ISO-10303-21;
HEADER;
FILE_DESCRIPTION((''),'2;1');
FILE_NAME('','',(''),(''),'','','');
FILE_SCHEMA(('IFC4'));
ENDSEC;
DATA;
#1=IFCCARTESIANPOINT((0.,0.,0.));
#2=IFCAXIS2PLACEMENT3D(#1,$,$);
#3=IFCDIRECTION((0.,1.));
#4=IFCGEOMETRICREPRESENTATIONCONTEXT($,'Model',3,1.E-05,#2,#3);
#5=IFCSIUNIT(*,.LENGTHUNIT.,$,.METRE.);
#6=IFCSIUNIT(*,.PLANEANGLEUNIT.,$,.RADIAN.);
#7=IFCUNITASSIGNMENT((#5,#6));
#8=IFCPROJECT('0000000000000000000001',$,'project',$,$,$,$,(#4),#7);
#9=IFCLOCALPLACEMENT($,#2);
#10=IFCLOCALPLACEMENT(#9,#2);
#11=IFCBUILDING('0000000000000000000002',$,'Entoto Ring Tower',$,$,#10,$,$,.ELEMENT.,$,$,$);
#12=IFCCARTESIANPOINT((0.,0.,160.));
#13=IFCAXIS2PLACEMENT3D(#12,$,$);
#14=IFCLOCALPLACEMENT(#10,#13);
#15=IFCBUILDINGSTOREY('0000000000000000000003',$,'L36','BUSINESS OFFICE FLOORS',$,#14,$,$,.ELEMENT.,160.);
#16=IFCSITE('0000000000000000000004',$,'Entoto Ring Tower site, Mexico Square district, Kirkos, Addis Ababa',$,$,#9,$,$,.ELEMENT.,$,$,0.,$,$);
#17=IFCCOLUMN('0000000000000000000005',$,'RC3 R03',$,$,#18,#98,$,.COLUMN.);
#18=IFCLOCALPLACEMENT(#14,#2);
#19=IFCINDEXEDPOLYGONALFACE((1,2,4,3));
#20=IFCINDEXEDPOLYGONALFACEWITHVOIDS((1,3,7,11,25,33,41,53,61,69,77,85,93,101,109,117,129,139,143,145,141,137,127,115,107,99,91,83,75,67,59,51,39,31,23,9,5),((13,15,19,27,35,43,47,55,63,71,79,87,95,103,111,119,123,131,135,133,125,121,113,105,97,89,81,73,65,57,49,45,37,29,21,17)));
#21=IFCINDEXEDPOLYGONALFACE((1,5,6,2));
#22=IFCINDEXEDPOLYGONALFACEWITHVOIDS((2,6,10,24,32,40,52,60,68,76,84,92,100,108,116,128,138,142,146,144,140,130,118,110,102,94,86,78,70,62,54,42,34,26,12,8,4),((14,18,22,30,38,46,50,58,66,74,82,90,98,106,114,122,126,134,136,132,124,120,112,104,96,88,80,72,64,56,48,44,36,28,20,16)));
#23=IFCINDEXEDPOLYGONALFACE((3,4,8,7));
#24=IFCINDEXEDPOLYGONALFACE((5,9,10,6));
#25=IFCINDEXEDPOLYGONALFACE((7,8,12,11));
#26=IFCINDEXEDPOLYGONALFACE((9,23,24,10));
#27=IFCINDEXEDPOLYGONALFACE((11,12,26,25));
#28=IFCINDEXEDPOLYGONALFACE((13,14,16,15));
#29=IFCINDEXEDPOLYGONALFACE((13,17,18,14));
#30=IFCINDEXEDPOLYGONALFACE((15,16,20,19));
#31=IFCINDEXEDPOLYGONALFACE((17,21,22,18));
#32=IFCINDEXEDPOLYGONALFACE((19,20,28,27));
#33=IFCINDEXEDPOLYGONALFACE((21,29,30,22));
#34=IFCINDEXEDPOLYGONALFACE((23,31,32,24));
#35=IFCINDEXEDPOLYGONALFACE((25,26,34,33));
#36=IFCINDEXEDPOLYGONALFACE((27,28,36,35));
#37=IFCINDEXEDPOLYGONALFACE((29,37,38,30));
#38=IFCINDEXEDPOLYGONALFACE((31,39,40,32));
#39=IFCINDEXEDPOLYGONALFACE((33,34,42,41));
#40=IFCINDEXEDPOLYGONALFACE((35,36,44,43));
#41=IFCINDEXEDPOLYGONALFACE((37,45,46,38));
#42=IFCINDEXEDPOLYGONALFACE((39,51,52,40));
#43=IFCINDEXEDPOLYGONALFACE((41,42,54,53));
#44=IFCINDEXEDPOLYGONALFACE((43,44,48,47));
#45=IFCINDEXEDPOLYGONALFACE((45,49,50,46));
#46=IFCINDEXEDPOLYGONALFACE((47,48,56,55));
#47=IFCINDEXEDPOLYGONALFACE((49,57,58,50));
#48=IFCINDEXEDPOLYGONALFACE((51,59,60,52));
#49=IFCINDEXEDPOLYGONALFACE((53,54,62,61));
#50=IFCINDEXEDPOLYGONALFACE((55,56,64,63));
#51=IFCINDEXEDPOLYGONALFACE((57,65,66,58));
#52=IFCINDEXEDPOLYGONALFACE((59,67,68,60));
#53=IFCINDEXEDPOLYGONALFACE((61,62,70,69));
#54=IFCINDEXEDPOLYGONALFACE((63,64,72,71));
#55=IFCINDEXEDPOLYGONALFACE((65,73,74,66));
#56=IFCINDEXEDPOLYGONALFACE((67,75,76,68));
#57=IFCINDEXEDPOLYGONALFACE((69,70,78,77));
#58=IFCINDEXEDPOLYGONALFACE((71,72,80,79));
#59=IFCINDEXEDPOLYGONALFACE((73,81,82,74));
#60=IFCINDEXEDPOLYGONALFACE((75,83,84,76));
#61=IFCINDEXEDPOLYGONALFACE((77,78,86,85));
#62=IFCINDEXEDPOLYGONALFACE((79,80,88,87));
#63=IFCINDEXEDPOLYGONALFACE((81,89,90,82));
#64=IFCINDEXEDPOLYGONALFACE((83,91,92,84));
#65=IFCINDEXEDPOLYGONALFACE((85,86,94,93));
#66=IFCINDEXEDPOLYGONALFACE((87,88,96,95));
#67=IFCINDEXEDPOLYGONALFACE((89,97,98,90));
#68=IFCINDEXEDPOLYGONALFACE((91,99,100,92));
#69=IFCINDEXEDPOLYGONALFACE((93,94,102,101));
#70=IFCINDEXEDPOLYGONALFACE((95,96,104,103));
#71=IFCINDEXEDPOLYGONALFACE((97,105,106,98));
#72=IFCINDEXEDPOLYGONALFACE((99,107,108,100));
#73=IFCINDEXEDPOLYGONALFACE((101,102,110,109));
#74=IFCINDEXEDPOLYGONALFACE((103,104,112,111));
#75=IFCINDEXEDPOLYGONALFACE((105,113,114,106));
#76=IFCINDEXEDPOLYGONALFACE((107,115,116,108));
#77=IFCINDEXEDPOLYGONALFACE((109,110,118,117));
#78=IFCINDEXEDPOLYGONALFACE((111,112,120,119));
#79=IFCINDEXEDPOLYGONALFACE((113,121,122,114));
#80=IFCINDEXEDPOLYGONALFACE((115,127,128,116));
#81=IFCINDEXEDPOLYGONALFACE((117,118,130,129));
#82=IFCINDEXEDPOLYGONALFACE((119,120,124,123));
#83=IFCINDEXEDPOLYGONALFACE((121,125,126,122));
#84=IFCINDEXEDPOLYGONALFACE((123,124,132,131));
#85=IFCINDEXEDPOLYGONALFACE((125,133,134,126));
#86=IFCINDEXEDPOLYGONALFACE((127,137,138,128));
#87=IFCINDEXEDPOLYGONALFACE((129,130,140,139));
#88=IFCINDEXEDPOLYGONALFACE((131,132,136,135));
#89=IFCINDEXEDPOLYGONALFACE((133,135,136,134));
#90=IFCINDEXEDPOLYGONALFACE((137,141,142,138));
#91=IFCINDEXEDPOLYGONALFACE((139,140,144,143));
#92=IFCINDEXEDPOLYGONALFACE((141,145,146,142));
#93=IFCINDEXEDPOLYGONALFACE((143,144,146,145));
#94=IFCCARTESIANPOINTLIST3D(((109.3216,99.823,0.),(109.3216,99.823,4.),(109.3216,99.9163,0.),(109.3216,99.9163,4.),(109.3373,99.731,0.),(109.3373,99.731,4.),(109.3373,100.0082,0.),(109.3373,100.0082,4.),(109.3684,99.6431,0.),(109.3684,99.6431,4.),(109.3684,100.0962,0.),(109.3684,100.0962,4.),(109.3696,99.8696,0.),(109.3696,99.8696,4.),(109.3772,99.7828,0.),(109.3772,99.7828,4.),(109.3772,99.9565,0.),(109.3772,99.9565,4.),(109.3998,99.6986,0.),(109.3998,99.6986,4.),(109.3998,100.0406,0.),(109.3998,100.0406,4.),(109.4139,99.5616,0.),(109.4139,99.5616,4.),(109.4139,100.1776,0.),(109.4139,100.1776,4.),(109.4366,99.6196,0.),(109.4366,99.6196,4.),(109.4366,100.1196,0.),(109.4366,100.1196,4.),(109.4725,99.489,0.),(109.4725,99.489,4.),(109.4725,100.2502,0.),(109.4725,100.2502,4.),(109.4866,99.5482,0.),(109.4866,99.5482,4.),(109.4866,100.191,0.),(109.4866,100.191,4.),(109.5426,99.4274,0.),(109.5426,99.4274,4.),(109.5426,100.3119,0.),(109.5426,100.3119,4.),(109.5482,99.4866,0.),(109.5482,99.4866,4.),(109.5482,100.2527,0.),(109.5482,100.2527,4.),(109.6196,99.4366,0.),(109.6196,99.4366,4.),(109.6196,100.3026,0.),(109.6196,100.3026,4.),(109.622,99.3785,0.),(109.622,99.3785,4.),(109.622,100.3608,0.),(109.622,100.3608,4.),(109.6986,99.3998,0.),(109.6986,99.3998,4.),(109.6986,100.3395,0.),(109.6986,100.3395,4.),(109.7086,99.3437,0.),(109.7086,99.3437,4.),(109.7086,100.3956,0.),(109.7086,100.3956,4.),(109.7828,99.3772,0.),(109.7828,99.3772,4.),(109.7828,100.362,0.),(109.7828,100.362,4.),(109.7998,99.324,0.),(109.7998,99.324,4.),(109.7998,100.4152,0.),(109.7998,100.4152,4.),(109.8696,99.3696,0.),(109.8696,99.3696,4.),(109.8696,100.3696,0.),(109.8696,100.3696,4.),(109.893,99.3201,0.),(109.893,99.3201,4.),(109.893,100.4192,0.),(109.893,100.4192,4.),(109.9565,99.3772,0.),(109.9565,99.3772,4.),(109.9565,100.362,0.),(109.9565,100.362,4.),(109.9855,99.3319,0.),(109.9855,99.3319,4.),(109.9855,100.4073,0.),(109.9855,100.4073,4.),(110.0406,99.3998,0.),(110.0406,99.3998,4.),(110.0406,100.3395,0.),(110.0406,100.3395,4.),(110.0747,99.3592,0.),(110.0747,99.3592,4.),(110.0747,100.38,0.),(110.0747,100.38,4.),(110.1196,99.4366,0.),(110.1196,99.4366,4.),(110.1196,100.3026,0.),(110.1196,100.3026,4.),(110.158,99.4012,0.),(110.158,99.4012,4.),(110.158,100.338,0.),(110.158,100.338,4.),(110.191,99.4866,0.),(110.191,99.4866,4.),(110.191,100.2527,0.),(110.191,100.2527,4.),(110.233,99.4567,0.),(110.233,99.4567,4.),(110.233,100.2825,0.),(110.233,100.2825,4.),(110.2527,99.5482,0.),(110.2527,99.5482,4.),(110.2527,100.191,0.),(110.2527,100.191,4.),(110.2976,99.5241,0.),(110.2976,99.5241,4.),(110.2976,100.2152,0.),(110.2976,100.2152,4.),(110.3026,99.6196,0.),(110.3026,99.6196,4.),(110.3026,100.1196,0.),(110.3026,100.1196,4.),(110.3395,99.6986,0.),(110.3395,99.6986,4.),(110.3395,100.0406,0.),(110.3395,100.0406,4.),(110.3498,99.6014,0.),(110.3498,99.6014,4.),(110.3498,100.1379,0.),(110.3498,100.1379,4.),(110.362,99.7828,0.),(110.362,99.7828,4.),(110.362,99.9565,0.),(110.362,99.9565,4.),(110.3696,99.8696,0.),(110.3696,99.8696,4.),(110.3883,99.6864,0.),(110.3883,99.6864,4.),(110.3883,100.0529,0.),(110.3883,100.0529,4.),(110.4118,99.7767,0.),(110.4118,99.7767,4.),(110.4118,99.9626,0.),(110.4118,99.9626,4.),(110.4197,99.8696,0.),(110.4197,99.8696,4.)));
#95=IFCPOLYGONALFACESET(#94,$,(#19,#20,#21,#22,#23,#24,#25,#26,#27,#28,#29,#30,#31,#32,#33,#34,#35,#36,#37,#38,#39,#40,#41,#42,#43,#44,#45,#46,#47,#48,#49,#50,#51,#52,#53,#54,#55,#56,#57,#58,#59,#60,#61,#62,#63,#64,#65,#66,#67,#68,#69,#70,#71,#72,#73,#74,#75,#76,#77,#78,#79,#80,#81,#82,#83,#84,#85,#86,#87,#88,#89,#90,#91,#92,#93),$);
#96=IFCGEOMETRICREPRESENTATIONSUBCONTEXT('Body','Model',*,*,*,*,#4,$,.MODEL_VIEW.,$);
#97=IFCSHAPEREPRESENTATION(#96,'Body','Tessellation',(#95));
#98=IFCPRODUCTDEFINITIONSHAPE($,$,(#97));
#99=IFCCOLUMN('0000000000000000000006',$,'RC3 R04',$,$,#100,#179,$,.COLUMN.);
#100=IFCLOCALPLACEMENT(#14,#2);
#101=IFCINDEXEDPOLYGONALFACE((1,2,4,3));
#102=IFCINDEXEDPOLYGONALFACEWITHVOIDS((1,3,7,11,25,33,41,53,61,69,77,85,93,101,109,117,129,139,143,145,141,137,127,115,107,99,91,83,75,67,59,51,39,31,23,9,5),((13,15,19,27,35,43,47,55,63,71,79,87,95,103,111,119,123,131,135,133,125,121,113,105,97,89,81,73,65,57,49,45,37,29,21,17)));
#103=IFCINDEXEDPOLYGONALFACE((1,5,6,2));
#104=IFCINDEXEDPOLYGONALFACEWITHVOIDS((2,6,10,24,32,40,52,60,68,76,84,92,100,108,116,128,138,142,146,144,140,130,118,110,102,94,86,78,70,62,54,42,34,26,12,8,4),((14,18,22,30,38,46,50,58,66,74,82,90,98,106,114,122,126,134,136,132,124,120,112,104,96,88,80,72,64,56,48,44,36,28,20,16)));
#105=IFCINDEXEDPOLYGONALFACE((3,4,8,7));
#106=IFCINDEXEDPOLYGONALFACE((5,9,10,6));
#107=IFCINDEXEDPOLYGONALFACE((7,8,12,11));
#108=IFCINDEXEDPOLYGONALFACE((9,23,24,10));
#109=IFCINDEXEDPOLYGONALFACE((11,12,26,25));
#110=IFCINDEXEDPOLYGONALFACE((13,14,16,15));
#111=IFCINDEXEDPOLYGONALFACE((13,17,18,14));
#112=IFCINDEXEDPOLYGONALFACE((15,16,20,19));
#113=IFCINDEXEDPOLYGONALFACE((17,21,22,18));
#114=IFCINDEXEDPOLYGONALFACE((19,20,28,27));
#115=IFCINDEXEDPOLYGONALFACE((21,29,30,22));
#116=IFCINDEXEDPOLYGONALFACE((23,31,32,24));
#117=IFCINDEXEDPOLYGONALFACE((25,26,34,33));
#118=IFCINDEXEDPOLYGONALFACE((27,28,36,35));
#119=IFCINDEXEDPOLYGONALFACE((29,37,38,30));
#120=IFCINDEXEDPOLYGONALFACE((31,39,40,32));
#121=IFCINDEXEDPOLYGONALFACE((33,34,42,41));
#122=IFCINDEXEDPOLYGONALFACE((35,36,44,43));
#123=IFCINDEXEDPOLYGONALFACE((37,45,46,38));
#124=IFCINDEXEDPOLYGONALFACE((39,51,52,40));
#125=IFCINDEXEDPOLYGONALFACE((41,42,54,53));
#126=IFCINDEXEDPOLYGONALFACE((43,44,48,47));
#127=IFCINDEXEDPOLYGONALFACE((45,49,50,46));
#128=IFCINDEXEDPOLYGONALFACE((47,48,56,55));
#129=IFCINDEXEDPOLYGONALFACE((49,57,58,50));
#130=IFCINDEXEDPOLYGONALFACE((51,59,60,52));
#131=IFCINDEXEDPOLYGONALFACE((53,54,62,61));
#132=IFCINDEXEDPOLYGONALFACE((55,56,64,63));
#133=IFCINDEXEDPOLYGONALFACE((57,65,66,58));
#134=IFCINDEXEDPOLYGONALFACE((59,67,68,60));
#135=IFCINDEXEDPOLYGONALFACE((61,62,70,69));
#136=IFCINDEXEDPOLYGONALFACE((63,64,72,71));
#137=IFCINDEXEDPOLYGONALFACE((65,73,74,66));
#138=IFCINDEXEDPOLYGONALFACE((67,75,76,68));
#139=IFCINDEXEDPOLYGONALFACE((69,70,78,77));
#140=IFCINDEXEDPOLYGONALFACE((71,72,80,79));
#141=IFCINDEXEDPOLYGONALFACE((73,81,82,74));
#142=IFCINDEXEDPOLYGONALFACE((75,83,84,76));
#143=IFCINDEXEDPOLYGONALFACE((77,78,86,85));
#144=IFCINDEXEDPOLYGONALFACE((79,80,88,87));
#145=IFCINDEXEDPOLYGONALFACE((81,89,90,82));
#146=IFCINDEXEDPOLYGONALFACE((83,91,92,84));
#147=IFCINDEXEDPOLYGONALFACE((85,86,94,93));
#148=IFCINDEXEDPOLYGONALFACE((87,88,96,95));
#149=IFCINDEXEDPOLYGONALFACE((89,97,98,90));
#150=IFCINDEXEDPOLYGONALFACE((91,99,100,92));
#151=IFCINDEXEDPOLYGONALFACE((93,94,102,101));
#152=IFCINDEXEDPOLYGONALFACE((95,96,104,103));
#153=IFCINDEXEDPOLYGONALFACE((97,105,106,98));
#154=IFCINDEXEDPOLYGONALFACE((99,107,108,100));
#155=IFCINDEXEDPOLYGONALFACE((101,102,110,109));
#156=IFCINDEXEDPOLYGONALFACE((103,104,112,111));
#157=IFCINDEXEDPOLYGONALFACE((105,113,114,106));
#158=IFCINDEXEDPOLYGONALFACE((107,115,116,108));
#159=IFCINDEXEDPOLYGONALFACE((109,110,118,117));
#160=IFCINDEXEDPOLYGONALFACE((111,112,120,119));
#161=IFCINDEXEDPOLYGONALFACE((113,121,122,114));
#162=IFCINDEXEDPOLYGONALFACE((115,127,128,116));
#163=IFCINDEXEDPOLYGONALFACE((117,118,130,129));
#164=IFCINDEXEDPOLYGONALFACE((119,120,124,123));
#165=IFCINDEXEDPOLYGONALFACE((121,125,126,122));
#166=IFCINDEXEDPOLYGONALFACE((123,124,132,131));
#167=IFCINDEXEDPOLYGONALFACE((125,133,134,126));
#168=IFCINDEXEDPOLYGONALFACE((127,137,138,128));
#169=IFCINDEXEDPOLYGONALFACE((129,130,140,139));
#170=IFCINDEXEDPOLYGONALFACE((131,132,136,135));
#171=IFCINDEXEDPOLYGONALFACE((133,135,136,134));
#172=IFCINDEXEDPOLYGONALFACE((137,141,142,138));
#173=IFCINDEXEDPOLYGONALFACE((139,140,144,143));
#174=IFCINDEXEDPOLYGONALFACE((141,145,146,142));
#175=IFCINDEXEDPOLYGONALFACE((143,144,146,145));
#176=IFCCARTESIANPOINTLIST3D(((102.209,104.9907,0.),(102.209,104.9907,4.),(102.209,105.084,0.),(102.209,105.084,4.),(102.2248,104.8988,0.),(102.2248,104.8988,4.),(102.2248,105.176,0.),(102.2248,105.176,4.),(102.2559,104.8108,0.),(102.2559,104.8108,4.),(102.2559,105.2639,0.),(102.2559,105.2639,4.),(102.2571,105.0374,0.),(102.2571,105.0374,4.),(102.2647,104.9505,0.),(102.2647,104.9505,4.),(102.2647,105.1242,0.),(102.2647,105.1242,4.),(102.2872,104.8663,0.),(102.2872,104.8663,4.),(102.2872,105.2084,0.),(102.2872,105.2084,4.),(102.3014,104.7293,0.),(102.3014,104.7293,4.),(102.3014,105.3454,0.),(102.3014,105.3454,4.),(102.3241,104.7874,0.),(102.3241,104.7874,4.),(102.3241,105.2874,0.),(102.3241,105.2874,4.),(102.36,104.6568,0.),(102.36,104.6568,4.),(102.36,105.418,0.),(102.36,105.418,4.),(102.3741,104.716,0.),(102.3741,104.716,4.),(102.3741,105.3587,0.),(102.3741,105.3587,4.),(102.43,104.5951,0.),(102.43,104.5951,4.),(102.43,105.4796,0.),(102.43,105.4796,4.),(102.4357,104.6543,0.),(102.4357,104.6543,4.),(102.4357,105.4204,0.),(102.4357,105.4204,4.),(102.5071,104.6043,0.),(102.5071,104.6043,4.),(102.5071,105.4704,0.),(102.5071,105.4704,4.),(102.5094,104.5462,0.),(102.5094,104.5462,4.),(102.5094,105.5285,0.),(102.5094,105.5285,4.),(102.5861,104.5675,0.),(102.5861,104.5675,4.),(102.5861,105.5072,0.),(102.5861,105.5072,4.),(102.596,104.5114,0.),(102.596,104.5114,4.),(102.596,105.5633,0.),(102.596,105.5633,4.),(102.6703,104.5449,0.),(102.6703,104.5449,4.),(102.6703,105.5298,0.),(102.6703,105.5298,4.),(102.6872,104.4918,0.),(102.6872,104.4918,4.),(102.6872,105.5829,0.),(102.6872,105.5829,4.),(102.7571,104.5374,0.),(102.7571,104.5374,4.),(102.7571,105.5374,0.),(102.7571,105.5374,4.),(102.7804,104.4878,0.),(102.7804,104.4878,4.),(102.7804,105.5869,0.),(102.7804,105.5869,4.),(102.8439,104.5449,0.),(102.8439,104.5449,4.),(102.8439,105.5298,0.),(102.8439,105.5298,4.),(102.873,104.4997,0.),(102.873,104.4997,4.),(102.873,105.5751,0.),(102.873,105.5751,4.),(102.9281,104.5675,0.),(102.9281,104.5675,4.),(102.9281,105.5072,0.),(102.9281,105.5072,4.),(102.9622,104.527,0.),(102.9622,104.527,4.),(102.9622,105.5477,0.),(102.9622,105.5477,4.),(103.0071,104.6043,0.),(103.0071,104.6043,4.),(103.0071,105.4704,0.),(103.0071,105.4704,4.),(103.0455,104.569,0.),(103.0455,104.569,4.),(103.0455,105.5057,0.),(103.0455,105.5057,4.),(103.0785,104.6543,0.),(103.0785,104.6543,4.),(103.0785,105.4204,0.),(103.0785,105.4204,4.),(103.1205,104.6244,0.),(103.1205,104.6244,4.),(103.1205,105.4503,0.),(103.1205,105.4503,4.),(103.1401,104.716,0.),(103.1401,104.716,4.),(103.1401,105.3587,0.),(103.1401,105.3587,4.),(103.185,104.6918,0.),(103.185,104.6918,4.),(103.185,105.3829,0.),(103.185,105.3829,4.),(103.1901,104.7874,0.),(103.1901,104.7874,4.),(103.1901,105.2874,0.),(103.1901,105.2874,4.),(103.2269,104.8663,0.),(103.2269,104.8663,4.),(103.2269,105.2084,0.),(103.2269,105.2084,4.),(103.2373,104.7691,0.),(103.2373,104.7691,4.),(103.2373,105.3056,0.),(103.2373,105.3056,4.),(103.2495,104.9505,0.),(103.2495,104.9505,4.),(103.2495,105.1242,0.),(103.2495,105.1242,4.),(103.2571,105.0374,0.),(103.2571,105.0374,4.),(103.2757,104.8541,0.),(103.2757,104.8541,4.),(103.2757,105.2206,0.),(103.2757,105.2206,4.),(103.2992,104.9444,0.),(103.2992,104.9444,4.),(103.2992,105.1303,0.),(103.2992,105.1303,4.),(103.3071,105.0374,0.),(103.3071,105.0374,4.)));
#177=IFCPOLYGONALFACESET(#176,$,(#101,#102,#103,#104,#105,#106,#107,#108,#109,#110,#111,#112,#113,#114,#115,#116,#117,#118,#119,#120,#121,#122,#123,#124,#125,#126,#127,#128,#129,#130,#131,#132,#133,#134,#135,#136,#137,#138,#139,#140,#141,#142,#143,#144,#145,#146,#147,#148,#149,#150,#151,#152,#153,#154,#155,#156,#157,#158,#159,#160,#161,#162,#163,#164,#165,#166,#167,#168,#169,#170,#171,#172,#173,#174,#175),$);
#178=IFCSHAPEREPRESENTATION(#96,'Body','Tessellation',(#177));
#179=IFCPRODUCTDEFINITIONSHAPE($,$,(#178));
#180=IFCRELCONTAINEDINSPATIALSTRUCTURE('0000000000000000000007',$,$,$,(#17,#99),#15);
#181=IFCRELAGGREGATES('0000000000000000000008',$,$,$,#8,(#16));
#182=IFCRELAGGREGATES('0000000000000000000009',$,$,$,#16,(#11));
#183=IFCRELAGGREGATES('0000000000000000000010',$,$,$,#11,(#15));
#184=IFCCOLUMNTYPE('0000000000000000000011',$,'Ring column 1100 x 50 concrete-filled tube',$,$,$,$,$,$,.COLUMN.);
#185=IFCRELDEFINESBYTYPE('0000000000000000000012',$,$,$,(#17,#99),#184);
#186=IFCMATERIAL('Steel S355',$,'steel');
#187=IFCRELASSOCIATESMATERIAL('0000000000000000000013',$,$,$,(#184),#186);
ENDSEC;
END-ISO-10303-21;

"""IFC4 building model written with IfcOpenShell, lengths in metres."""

from ifc_helpers import new_model, si_unit, direction, frame, origin, origin_2d, place, context, subcontext, project, spatial, circle, hollow_circle, extrude, material, material_profile, profile_set, type_object, element, save


model = new_model("IFC4")

# Units and contexts
model_context = context("Model", 3, precision=1e-05, world=origin(), true_north=direction((0.0, 1.0)))
body_context = subcontext(model_context, "Body", "Model", "MODEL_VIEW")
ifc_project = project(units=[si_unit("LENGTHUNIT", "METRE"), si_unit("PLANEANGLEUNIT", "RADIAN")], contexts=[model_context])

# Site, building, storey
site_placement = place(None, origin())
site = spatial("IfcSite", under=ifc_project, at=site_placement, Name="Entoto Ring Tower site, Mexico Square district, Kirkos, Addis Ababa", CompositionType="ELEMENT", RefElevation=0.0)
building_placement = place(site_placement, origin())
building = spatial("IfcBuilding", under=site, at=building_placement, Name="Entoto Ring Tower", CompositionType="ELEMENT")
storey_placement = place(building_placement, frame((0.0, 0.0, 160.0)))
storey = spatial("IfcBuildingStorey", under=building, at=storey_placement, Name="L36", Description="BUSINESS OFFICE FLOORS", CompositionType="ELEMENT", Elevation=160.0)

# Columns
ifc_material_1 = material(Name="Steel S355", Category="steel")
ifc_material_profile_1 = material_profile(ifc_material_1, hollow_circle(Radius=0.55, WallThickness=0.05, at=origin_2d()), Name="CHS 1100 x 50")
ifc_material_2 = material(Name="Concrete C60/75", Category="concrete")
ifc_material_profile_2 = material_profile(ifc_material_2, circle(Radius=0.5, at=origin_2d()), Name="Concrete C60/75 infill")
ifc_profile_set_1 = profile_set([ifc_material_profile_1, ifc_material_profile_2], Name="Steel S355")
column_type = type_object("IfcColumnType", Name="Ring column 1100 x 50 concrete-filled tube", PredefinedType="COLUMN", material=ifc_profile_set_1)
for number, where, z_axis, x_axis, name in (
    (1, (109.8696, 99.8696, 0.0), (0.0, 0.0, 1.0), (1.0, 0.0, 0.0), "RC3 R03"),
    (2, (102.7571, 105.0374, 0.0), (0.0, 0.0, 1.0), (1.0, 0.0, 0.0), "RC3 R04"),
):
    element("IfcColumn", number, at=place(storey_placement, frame(where, z_axis=z_axis, x_axis=x_axis)), inside=storey, type_object=column_type, Name=name, PredefinedType="COLUMN", context=body_context, shape_type="SweptSolid", body=[
        extrude(hollow_circle(Radius=0.55, WallThickness=0.05, at=origin_2d()), origin(), (0.0, 0.0, 1.0), 4.0),
    ])

save(model, "model.ifc")
